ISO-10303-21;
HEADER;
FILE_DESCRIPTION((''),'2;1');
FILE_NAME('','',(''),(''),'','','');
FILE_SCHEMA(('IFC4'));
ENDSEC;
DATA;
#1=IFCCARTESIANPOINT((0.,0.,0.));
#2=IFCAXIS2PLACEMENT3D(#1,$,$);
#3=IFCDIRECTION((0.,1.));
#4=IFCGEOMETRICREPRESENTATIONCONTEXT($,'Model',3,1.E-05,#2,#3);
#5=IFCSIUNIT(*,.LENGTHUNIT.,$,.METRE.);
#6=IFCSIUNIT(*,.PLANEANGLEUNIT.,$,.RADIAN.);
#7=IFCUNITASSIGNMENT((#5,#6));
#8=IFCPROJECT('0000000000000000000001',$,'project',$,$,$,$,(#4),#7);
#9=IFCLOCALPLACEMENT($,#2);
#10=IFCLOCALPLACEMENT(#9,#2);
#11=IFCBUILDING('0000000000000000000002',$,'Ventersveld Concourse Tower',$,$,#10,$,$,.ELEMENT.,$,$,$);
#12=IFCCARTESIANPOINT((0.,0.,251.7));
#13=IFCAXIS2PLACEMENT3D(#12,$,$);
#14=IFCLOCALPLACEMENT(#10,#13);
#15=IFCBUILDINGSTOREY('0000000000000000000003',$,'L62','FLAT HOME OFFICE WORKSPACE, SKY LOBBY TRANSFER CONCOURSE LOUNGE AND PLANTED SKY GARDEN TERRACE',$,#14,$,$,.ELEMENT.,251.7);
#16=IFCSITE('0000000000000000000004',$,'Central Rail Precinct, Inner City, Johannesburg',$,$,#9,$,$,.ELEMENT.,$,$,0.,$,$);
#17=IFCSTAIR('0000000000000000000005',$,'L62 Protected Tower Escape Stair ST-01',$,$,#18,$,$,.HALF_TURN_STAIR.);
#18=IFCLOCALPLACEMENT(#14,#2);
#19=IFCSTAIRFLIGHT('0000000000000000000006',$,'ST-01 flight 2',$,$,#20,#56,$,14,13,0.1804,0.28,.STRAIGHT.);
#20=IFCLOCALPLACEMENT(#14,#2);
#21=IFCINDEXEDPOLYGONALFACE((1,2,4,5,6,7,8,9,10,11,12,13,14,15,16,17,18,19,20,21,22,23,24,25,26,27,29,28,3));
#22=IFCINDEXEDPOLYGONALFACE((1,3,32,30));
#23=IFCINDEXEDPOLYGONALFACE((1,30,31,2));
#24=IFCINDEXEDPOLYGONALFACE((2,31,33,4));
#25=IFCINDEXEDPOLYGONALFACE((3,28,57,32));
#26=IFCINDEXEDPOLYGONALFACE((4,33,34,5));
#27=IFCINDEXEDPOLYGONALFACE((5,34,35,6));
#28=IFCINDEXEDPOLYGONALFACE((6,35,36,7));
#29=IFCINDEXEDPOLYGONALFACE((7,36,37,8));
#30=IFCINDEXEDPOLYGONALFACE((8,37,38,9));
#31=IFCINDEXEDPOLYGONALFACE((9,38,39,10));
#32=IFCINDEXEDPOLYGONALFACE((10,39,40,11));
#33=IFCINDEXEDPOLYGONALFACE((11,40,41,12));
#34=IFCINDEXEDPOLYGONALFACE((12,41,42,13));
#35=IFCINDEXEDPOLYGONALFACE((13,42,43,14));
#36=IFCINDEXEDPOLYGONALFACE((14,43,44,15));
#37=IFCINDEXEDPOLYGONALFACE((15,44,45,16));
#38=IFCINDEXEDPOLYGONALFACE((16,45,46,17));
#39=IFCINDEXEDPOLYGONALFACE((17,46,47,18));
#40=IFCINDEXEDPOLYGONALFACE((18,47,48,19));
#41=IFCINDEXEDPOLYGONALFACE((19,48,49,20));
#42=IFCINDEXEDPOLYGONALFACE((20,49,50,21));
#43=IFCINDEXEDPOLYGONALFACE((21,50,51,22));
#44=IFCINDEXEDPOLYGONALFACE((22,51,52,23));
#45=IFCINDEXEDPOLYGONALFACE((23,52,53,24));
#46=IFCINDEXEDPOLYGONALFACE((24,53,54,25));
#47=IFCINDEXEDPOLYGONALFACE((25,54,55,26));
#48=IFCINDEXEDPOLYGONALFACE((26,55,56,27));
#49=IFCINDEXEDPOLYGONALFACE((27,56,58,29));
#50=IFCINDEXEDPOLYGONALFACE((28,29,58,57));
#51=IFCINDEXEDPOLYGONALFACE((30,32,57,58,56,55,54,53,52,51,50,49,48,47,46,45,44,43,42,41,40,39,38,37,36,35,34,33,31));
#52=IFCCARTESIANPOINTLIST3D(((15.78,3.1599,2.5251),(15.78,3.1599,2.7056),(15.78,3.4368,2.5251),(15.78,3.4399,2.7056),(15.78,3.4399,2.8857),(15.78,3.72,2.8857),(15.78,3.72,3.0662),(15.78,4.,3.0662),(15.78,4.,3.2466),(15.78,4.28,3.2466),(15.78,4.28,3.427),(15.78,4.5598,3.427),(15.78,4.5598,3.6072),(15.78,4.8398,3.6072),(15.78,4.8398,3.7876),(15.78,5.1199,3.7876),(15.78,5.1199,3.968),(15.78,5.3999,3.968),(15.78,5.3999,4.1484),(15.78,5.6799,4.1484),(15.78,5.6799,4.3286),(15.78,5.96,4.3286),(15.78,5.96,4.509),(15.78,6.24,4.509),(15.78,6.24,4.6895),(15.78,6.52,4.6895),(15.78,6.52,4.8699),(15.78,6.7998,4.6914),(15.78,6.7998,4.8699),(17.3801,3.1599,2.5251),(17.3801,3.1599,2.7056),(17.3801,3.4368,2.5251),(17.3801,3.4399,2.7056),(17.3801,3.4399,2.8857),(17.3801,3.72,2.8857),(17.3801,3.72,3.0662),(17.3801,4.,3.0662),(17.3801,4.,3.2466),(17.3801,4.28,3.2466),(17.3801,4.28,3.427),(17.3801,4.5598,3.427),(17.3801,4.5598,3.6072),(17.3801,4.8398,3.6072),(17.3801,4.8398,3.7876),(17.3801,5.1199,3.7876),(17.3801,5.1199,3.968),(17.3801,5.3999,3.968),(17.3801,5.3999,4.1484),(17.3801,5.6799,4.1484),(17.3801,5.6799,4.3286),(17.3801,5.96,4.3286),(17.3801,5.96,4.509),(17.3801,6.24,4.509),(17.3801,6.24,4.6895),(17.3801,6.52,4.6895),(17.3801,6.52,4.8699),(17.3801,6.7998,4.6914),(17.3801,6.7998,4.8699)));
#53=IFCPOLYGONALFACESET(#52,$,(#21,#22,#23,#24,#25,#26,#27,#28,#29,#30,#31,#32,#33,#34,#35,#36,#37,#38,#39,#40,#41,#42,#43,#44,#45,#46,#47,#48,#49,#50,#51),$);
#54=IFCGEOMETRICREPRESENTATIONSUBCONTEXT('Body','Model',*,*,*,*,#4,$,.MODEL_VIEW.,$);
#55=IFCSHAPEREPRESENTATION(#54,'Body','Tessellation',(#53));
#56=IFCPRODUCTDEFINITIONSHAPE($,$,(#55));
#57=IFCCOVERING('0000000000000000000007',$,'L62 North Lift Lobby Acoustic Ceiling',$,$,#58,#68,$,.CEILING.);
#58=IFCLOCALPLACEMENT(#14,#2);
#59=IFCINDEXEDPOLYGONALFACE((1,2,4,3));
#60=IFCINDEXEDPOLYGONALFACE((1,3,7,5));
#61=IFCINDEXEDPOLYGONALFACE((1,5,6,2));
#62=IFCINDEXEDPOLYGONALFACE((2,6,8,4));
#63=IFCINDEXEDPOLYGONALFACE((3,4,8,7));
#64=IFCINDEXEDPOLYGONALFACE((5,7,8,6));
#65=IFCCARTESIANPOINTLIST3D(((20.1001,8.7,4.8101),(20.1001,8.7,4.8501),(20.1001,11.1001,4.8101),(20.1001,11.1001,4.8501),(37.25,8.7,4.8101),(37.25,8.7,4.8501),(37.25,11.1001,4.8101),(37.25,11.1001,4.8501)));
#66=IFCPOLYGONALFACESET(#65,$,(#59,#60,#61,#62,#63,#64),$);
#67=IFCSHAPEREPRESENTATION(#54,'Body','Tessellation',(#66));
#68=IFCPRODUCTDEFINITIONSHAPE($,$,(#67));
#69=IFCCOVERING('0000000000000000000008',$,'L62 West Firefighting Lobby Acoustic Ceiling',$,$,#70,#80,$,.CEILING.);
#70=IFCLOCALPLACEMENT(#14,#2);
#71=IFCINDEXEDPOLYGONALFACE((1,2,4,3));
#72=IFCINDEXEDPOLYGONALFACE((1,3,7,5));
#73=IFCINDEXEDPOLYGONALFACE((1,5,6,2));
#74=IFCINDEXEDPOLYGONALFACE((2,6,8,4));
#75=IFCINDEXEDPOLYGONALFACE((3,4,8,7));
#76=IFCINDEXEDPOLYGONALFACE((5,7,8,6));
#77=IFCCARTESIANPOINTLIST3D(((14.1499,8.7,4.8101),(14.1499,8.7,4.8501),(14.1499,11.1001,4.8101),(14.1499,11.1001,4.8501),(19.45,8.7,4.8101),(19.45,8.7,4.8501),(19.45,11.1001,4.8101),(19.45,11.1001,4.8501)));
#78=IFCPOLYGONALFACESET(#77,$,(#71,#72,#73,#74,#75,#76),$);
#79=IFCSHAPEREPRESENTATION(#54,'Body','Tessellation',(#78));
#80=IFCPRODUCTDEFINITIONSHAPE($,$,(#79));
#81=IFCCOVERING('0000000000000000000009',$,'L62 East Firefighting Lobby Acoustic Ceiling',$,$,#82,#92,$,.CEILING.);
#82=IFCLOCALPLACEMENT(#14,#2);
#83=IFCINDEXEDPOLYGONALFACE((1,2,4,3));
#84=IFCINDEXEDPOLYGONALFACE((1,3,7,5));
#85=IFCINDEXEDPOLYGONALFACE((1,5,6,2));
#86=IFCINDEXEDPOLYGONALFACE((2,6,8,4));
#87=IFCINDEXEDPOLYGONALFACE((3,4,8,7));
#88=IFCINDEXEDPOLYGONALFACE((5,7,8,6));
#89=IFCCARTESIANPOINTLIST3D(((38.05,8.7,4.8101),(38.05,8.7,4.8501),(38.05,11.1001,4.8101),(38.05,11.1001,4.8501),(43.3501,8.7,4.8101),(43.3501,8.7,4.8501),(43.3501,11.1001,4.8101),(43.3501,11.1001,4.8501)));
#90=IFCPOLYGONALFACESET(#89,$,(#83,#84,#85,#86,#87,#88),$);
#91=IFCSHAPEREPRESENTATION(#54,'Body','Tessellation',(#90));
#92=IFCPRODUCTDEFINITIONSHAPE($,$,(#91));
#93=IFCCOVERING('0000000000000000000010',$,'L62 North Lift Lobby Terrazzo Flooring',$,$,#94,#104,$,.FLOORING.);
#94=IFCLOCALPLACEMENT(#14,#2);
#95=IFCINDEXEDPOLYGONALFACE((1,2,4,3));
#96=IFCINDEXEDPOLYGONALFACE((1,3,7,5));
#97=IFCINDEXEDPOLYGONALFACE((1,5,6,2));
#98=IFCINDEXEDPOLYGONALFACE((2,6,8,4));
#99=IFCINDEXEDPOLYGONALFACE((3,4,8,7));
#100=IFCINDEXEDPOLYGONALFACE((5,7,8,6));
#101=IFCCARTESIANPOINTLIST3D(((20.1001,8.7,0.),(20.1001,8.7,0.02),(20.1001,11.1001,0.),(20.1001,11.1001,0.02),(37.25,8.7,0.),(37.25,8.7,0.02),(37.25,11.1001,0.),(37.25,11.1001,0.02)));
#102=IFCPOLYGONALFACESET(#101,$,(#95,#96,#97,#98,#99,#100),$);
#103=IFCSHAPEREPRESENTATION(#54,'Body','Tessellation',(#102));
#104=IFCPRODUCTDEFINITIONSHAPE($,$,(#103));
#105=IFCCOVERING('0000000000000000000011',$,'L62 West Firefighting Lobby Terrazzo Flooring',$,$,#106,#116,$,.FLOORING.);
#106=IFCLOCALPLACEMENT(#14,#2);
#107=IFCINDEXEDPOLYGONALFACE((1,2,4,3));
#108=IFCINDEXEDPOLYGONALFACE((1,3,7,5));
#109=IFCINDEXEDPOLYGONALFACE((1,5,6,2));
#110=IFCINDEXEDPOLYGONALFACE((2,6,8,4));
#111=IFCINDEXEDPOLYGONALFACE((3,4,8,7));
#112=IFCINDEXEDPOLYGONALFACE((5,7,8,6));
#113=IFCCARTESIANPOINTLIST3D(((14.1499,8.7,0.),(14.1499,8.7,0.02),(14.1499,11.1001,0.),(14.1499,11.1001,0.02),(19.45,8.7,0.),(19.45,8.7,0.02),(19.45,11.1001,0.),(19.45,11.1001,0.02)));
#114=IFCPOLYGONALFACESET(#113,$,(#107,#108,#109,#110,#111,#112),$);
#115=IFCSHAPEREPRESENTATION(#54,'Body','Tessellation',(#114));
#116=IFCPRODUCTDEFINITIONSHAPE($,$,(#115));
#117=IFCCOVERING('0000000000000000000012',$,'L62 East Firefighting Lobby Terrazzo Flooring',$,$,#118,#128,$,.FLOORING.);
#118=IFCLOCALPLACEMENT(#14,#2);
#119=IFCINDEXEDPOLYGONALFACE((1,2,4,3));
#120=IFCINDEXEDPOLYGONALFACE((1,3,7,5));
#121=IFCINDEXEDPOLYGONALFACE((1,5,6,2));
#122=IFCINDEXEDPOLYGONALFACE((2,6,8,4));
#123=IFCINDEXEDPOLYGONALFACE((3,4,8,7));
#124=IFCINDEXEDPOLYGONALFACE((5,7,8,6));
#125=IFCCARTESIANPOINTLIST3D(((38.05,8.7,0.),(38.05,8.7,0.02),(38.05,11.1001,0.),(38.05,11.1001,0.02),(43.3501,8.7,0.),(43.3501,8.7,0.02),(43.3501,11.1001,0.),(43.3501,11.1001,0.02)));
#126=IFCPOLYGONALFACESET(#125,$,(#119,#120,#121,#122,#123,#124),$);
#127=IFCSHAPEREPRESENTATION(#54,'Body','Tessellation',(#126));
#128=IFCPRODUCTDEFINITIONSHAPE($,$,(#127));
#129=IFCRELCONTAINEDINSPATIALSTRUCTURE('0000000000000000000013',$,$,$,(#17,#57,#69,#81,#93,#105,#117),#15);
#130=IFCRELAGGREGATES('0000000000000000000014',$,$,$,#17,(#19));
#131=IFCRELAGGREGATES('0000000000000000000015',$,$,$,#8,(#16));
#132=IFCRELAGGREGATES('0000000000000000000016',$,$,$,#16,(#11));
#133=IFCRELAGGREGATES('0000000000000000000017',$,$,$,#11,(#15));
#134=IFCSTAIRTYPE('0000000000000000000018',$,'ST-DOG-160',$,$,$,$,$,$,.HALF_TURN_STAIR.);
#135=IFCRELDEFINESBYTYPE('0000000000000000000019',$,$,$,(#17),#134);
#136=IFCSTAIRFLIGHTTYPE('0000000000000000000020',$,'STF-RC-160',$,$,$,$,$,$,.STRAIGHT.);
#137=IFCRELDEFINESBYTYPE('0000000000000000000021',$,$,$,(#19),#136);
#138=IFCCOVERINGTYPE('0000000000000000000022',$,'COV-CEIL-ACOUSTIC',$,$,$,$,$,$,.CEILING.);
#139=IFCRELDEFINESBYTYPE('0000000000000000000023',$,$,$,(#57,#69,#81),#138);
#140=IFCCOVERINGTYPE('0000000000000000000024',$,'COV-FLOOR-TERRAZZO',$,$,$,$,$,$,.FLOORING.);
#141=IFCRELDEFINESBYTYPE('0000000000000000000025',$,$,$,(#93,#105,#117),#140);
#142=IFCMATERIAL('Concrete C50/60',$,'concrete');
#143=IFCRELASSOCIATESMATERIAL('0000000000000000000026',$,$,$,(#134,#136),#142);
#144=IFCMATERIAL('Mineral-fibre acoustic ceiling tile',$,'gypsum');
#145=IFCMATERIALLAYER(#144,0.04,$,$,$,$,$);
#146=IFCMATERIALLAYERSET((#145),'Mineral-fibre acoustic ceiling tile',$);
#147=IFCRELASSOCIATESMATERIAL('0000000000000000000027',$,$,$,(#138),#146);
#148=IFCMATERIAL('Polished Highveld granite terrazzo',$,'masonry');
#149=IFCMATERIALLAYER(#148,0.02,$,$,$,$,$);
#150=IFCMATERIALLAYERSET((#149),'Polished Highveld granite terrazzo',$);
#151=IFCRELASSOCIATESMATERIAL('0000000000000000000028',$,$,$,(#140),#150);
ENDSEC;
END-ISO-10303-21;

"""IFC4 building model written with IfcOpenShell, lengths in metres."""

from ifc_helpers import new_model, si_unit, direction, frame, origin, place, context, subcontext, project, spatial, polyline, outline, extrude, material, layer, layer_set, type_object, element, aggregate, save


model = new_model("IFC4")

# Units and contexts
model_context = context("Model", 3, precision=1e-05, world=origin(), true_north=direction((0.0, 1.0)))
body_context = subcontext(model_context, "Body", "Model", "MODEL_VIEW")
ifc_project = project(units=[si_unit("LENGTHUNIT", "METRE"), si_unit("PLANEANGLEUNIT", "RADIAN")], contexts=[model_context])

# Site, building, storey
site_placement = place(None, origin())
site = spatial("IfcSite", under=ifc_project, at=site_placement, Name="Central Rail Precinct, Inner City, Johannesburg", CompositionType="ELEMENT", RefElevation=0.0)
building_placement = place(site_placement, origin())
building = spatial("IfcBuilding", under=site, at=building_placement, Name="Ventersveld Concourse Tower", CompositionType="ELEMENT")
storey_placement = place(building_placement, frame((0.0, 0.0, 251.7)))
storey = spatial("IfcBuildingStorey", under=building, at=storey_placement, Name="L62", Description="FLAT HOME OFFICE WORKSPACE, SKY LOBBY TRANSFER CONCOURSE LOUNGE AND PLANTED SKY GARDEN TERRACE", CompositionType="ELEMENT", Elevation=251.7)

# Shared definitions
ifc_material_1 = material(Name="Concrete C50/60", Category="concrete")

# Stair
stair_type_1 = type_object("IfcStairType", Name="ST-DOG-160", PredefinedType="HALF_TURN_STAIR", material=ifc_material_1)
stair_1_placement = place(storey_placement, origin())
stair_1 = element("IfcStair", 1, at=stair_1_placement, inside=storey, type_object=stair_type_1, Name="L62 Protected Tower Escape Stair ST-01", PredefinedType="HALF_TURN_STAIR")

# Stair flight
stair_flight_type = type_object("IfcStairFlightType", Name="STF-RC-160", PredefinedType="STRAIGHT", material=ifc_material_1)
stair_flight_1_placement = place(storey_placement, frame((16.5801, 3.1599, 2.5251), z_axis=(0.0, 0.0, 1.0), x_axis=(0.0, 1.0, 0.0)))
stair_flight_1 = element("IfcStairFlight", 2, at=stair_flight_1_placement, type_object=stair_flight_type, Name="ST-01 flight 2", NumberOfRisers=14, NumberOfTreads=13, PredefinedType="STRAIGHT", RiserHeight=0.1804, TreadLength=0.28, context=body_context, shape_type="SweptSolid", body=[
    extrude(outline(polyline([(0.0, 0.0), (0.0, 0.1804), (0.28, 0.1804), (0.28, 0.3606), (0.5601, 0.3606), (0.5601, 0.541), (0.8401, 0.541), (0.8401, 0.7214), (1.1201, 0.7214), (1.1201, 0.9019), (1.3999, 0.9019), (1.3999, 1.082), (1.6799, 1.082), (1.6799, 1.2625), (1.96, 1.2625), (1.96, 1.4429), (2.24, 1.4429), (2.24, 1.6233), (2.52, 1.6233), (2.52, 1.8035), (2.8, 1.8035), (2.8, 1.9839), (3.0801, 1.9839), (3.0801, 2.1643), (3.3601, 2.1643), (3.3601, 2.3447), (3.6399, 2.3447), (3.6399, 2.5249), (3.6399, 2.1663), (0.2769, 0.0), (0.0, 0.0)])), frame((0.0, 0.8, 0.0), z_axis=(0.0, -1.0, 0.0), x_axis=(1.0, 0.0, 0.0)), (0.0, 0.0, 1.0), 1.6001),
])
aggregate(stair_1, [stair_flight_1])

# Coverings
ifc_material_2 = material(Name="Mineral-fibre acoustic ceiling tile", Category="gypsum")
ifc_layer_1 = layer(ifc_material_2, 0.04)
ifc_layer_set_1 = layer_set([ifc_layer_1], Name="Mineral-fibre acoustic ceiling tile")
covering_type_1 = type_object("IfcCoveringType", Name="COV-CEIL-ACOUSTIC", PredefinedType="CEILING", material=ifc_layer_set_1)
covering_1_placement = place(storey_placement, frame((0.0, 0.0, 4.8101)))
element("IfcCovering", 3, at=covering_1_placement, inside=storey, type_object=covering_type_1, Name="L62 North Lift Lobby Acoustic Ceiling", PredefinedType="CEILING", context=body_context, shape_type="SweptSolid", body=[
    extrude(outline(polyline([(20.1001, 8.7), (37.25, 8.7), (37.25, 11.1001), (20.1001, 11.1001), (20.1001, 8.7)])), origin(), (0.0, 0.0, 1.0), 0.04),
])
covering_2_placement = place(storey_placement, frame((0.0, 0.0, 4.8101)))
element("IfcCovering", 4, at=covering_2_placement, inside=storey, type_object=covering_type_1, Name="L62 West Firefighting Lobby Acoustic Ceiling", PredefinedType="CEILING", context=body_context, shape_type="SweptSolid", body=[
    extrude(outline(polyline([(14.1499, 8.7), (19.45, 8.7), (19.45, 11.1001), (14.1499, 11.1001), (14.1499, 8.7)])), origin(), (0.0, 0.0, 1.0), 0.04),
])
covering_3_placement = place(storey_placement, frame((0.0, 0.0, 4.8101)))
element("IfcCovering", 5, at=covering_3_placement, inside=storey, type_object=covering_type_1, Name="L62 East Firefighting Lobby Acoustic Ceiling", PredefinedType="CEILING", context=body_context, shape_type="SweptSolid", body=[
    extrude(outline(polyline([(38.05, 8.7), (43.3501, 8.7), (43.3501, 11.1001), (38.05, 11.1001), (38.05, 8.7)])), origin(), (0.0, 0.0, 1.0), 0.04),
])
ifc_material_3 = material(Name="Polished Highveld granite terrazzo", Category="masonry")
ifc_layer_2 = layer(ifc_material_3, 0.02)
ifc_layer_set_2 = layer_set([ifc_layer_2], Name="Polished Highveld granite terrazzo")
covering_type_2 = type_object("IfcCoveringType", Name="COV-FLOOR-TERRAZZO", PredefinedType="FLOORING", material=ifc_layer_set_2)
covering_4_placement = place(storey_placement, origin())
element("IfcCovering", 6, at=covering_4_placement, inside=storey, type_object=covering_type_2, Name="L62 North Lift Lobby Terrazzo Flooring", PredefinedType="FLOORING", context=body_context, shape_type="SweptSolid", body=[
    extrude(outline(polyline([(20.1001, 8.7), (37.25, 8.7), (37.25, 11.1001), (20.1001, 11.1001), (20.1001, 8.7)])), origin(), (0.0, 0.0, 1.0), 0.02),
])
covering_5_placement = place(storey_placement, origin())
element("IfcCovering", 7, at=covering_5_placement, inside=storey, type_object=covering_type_2, Name="L62 West Firefighting Lobby Terrazzo Flooring", PredefinedType="FLOORING", context=body_context, shape_type="SweptSolid", body=[
    extrude(outline(polyline([(14.1499, 8.7), (19.45, 8.7), (19.45, 11.1001), (14.1499, 11.1001), (14.1499, 8.7)])), origin(), (0.0, 0.0, 1.0), 0.02),
])
covering_6_placement = place(storey_placement, origin())
element("IfcCovering", 8, at=covering_6_placement, inside=storey, type_object=covering_type_2, Name="L62 East Firefighting Lobby Terrazzo Flooring", PredefinedType="FLOORING", context=body_context, shape_type="SweptSolid", body=[
    extrude(outline(polyline([(38.05, 8.7), (43.3501, 8.7), (43.3501, 11.1001), (38.05, 11.1001), (38.05, 8.7)])), origin(), (0.0, 0.0, 1.0), 0.02),
])

save(model, "model.ifc")
